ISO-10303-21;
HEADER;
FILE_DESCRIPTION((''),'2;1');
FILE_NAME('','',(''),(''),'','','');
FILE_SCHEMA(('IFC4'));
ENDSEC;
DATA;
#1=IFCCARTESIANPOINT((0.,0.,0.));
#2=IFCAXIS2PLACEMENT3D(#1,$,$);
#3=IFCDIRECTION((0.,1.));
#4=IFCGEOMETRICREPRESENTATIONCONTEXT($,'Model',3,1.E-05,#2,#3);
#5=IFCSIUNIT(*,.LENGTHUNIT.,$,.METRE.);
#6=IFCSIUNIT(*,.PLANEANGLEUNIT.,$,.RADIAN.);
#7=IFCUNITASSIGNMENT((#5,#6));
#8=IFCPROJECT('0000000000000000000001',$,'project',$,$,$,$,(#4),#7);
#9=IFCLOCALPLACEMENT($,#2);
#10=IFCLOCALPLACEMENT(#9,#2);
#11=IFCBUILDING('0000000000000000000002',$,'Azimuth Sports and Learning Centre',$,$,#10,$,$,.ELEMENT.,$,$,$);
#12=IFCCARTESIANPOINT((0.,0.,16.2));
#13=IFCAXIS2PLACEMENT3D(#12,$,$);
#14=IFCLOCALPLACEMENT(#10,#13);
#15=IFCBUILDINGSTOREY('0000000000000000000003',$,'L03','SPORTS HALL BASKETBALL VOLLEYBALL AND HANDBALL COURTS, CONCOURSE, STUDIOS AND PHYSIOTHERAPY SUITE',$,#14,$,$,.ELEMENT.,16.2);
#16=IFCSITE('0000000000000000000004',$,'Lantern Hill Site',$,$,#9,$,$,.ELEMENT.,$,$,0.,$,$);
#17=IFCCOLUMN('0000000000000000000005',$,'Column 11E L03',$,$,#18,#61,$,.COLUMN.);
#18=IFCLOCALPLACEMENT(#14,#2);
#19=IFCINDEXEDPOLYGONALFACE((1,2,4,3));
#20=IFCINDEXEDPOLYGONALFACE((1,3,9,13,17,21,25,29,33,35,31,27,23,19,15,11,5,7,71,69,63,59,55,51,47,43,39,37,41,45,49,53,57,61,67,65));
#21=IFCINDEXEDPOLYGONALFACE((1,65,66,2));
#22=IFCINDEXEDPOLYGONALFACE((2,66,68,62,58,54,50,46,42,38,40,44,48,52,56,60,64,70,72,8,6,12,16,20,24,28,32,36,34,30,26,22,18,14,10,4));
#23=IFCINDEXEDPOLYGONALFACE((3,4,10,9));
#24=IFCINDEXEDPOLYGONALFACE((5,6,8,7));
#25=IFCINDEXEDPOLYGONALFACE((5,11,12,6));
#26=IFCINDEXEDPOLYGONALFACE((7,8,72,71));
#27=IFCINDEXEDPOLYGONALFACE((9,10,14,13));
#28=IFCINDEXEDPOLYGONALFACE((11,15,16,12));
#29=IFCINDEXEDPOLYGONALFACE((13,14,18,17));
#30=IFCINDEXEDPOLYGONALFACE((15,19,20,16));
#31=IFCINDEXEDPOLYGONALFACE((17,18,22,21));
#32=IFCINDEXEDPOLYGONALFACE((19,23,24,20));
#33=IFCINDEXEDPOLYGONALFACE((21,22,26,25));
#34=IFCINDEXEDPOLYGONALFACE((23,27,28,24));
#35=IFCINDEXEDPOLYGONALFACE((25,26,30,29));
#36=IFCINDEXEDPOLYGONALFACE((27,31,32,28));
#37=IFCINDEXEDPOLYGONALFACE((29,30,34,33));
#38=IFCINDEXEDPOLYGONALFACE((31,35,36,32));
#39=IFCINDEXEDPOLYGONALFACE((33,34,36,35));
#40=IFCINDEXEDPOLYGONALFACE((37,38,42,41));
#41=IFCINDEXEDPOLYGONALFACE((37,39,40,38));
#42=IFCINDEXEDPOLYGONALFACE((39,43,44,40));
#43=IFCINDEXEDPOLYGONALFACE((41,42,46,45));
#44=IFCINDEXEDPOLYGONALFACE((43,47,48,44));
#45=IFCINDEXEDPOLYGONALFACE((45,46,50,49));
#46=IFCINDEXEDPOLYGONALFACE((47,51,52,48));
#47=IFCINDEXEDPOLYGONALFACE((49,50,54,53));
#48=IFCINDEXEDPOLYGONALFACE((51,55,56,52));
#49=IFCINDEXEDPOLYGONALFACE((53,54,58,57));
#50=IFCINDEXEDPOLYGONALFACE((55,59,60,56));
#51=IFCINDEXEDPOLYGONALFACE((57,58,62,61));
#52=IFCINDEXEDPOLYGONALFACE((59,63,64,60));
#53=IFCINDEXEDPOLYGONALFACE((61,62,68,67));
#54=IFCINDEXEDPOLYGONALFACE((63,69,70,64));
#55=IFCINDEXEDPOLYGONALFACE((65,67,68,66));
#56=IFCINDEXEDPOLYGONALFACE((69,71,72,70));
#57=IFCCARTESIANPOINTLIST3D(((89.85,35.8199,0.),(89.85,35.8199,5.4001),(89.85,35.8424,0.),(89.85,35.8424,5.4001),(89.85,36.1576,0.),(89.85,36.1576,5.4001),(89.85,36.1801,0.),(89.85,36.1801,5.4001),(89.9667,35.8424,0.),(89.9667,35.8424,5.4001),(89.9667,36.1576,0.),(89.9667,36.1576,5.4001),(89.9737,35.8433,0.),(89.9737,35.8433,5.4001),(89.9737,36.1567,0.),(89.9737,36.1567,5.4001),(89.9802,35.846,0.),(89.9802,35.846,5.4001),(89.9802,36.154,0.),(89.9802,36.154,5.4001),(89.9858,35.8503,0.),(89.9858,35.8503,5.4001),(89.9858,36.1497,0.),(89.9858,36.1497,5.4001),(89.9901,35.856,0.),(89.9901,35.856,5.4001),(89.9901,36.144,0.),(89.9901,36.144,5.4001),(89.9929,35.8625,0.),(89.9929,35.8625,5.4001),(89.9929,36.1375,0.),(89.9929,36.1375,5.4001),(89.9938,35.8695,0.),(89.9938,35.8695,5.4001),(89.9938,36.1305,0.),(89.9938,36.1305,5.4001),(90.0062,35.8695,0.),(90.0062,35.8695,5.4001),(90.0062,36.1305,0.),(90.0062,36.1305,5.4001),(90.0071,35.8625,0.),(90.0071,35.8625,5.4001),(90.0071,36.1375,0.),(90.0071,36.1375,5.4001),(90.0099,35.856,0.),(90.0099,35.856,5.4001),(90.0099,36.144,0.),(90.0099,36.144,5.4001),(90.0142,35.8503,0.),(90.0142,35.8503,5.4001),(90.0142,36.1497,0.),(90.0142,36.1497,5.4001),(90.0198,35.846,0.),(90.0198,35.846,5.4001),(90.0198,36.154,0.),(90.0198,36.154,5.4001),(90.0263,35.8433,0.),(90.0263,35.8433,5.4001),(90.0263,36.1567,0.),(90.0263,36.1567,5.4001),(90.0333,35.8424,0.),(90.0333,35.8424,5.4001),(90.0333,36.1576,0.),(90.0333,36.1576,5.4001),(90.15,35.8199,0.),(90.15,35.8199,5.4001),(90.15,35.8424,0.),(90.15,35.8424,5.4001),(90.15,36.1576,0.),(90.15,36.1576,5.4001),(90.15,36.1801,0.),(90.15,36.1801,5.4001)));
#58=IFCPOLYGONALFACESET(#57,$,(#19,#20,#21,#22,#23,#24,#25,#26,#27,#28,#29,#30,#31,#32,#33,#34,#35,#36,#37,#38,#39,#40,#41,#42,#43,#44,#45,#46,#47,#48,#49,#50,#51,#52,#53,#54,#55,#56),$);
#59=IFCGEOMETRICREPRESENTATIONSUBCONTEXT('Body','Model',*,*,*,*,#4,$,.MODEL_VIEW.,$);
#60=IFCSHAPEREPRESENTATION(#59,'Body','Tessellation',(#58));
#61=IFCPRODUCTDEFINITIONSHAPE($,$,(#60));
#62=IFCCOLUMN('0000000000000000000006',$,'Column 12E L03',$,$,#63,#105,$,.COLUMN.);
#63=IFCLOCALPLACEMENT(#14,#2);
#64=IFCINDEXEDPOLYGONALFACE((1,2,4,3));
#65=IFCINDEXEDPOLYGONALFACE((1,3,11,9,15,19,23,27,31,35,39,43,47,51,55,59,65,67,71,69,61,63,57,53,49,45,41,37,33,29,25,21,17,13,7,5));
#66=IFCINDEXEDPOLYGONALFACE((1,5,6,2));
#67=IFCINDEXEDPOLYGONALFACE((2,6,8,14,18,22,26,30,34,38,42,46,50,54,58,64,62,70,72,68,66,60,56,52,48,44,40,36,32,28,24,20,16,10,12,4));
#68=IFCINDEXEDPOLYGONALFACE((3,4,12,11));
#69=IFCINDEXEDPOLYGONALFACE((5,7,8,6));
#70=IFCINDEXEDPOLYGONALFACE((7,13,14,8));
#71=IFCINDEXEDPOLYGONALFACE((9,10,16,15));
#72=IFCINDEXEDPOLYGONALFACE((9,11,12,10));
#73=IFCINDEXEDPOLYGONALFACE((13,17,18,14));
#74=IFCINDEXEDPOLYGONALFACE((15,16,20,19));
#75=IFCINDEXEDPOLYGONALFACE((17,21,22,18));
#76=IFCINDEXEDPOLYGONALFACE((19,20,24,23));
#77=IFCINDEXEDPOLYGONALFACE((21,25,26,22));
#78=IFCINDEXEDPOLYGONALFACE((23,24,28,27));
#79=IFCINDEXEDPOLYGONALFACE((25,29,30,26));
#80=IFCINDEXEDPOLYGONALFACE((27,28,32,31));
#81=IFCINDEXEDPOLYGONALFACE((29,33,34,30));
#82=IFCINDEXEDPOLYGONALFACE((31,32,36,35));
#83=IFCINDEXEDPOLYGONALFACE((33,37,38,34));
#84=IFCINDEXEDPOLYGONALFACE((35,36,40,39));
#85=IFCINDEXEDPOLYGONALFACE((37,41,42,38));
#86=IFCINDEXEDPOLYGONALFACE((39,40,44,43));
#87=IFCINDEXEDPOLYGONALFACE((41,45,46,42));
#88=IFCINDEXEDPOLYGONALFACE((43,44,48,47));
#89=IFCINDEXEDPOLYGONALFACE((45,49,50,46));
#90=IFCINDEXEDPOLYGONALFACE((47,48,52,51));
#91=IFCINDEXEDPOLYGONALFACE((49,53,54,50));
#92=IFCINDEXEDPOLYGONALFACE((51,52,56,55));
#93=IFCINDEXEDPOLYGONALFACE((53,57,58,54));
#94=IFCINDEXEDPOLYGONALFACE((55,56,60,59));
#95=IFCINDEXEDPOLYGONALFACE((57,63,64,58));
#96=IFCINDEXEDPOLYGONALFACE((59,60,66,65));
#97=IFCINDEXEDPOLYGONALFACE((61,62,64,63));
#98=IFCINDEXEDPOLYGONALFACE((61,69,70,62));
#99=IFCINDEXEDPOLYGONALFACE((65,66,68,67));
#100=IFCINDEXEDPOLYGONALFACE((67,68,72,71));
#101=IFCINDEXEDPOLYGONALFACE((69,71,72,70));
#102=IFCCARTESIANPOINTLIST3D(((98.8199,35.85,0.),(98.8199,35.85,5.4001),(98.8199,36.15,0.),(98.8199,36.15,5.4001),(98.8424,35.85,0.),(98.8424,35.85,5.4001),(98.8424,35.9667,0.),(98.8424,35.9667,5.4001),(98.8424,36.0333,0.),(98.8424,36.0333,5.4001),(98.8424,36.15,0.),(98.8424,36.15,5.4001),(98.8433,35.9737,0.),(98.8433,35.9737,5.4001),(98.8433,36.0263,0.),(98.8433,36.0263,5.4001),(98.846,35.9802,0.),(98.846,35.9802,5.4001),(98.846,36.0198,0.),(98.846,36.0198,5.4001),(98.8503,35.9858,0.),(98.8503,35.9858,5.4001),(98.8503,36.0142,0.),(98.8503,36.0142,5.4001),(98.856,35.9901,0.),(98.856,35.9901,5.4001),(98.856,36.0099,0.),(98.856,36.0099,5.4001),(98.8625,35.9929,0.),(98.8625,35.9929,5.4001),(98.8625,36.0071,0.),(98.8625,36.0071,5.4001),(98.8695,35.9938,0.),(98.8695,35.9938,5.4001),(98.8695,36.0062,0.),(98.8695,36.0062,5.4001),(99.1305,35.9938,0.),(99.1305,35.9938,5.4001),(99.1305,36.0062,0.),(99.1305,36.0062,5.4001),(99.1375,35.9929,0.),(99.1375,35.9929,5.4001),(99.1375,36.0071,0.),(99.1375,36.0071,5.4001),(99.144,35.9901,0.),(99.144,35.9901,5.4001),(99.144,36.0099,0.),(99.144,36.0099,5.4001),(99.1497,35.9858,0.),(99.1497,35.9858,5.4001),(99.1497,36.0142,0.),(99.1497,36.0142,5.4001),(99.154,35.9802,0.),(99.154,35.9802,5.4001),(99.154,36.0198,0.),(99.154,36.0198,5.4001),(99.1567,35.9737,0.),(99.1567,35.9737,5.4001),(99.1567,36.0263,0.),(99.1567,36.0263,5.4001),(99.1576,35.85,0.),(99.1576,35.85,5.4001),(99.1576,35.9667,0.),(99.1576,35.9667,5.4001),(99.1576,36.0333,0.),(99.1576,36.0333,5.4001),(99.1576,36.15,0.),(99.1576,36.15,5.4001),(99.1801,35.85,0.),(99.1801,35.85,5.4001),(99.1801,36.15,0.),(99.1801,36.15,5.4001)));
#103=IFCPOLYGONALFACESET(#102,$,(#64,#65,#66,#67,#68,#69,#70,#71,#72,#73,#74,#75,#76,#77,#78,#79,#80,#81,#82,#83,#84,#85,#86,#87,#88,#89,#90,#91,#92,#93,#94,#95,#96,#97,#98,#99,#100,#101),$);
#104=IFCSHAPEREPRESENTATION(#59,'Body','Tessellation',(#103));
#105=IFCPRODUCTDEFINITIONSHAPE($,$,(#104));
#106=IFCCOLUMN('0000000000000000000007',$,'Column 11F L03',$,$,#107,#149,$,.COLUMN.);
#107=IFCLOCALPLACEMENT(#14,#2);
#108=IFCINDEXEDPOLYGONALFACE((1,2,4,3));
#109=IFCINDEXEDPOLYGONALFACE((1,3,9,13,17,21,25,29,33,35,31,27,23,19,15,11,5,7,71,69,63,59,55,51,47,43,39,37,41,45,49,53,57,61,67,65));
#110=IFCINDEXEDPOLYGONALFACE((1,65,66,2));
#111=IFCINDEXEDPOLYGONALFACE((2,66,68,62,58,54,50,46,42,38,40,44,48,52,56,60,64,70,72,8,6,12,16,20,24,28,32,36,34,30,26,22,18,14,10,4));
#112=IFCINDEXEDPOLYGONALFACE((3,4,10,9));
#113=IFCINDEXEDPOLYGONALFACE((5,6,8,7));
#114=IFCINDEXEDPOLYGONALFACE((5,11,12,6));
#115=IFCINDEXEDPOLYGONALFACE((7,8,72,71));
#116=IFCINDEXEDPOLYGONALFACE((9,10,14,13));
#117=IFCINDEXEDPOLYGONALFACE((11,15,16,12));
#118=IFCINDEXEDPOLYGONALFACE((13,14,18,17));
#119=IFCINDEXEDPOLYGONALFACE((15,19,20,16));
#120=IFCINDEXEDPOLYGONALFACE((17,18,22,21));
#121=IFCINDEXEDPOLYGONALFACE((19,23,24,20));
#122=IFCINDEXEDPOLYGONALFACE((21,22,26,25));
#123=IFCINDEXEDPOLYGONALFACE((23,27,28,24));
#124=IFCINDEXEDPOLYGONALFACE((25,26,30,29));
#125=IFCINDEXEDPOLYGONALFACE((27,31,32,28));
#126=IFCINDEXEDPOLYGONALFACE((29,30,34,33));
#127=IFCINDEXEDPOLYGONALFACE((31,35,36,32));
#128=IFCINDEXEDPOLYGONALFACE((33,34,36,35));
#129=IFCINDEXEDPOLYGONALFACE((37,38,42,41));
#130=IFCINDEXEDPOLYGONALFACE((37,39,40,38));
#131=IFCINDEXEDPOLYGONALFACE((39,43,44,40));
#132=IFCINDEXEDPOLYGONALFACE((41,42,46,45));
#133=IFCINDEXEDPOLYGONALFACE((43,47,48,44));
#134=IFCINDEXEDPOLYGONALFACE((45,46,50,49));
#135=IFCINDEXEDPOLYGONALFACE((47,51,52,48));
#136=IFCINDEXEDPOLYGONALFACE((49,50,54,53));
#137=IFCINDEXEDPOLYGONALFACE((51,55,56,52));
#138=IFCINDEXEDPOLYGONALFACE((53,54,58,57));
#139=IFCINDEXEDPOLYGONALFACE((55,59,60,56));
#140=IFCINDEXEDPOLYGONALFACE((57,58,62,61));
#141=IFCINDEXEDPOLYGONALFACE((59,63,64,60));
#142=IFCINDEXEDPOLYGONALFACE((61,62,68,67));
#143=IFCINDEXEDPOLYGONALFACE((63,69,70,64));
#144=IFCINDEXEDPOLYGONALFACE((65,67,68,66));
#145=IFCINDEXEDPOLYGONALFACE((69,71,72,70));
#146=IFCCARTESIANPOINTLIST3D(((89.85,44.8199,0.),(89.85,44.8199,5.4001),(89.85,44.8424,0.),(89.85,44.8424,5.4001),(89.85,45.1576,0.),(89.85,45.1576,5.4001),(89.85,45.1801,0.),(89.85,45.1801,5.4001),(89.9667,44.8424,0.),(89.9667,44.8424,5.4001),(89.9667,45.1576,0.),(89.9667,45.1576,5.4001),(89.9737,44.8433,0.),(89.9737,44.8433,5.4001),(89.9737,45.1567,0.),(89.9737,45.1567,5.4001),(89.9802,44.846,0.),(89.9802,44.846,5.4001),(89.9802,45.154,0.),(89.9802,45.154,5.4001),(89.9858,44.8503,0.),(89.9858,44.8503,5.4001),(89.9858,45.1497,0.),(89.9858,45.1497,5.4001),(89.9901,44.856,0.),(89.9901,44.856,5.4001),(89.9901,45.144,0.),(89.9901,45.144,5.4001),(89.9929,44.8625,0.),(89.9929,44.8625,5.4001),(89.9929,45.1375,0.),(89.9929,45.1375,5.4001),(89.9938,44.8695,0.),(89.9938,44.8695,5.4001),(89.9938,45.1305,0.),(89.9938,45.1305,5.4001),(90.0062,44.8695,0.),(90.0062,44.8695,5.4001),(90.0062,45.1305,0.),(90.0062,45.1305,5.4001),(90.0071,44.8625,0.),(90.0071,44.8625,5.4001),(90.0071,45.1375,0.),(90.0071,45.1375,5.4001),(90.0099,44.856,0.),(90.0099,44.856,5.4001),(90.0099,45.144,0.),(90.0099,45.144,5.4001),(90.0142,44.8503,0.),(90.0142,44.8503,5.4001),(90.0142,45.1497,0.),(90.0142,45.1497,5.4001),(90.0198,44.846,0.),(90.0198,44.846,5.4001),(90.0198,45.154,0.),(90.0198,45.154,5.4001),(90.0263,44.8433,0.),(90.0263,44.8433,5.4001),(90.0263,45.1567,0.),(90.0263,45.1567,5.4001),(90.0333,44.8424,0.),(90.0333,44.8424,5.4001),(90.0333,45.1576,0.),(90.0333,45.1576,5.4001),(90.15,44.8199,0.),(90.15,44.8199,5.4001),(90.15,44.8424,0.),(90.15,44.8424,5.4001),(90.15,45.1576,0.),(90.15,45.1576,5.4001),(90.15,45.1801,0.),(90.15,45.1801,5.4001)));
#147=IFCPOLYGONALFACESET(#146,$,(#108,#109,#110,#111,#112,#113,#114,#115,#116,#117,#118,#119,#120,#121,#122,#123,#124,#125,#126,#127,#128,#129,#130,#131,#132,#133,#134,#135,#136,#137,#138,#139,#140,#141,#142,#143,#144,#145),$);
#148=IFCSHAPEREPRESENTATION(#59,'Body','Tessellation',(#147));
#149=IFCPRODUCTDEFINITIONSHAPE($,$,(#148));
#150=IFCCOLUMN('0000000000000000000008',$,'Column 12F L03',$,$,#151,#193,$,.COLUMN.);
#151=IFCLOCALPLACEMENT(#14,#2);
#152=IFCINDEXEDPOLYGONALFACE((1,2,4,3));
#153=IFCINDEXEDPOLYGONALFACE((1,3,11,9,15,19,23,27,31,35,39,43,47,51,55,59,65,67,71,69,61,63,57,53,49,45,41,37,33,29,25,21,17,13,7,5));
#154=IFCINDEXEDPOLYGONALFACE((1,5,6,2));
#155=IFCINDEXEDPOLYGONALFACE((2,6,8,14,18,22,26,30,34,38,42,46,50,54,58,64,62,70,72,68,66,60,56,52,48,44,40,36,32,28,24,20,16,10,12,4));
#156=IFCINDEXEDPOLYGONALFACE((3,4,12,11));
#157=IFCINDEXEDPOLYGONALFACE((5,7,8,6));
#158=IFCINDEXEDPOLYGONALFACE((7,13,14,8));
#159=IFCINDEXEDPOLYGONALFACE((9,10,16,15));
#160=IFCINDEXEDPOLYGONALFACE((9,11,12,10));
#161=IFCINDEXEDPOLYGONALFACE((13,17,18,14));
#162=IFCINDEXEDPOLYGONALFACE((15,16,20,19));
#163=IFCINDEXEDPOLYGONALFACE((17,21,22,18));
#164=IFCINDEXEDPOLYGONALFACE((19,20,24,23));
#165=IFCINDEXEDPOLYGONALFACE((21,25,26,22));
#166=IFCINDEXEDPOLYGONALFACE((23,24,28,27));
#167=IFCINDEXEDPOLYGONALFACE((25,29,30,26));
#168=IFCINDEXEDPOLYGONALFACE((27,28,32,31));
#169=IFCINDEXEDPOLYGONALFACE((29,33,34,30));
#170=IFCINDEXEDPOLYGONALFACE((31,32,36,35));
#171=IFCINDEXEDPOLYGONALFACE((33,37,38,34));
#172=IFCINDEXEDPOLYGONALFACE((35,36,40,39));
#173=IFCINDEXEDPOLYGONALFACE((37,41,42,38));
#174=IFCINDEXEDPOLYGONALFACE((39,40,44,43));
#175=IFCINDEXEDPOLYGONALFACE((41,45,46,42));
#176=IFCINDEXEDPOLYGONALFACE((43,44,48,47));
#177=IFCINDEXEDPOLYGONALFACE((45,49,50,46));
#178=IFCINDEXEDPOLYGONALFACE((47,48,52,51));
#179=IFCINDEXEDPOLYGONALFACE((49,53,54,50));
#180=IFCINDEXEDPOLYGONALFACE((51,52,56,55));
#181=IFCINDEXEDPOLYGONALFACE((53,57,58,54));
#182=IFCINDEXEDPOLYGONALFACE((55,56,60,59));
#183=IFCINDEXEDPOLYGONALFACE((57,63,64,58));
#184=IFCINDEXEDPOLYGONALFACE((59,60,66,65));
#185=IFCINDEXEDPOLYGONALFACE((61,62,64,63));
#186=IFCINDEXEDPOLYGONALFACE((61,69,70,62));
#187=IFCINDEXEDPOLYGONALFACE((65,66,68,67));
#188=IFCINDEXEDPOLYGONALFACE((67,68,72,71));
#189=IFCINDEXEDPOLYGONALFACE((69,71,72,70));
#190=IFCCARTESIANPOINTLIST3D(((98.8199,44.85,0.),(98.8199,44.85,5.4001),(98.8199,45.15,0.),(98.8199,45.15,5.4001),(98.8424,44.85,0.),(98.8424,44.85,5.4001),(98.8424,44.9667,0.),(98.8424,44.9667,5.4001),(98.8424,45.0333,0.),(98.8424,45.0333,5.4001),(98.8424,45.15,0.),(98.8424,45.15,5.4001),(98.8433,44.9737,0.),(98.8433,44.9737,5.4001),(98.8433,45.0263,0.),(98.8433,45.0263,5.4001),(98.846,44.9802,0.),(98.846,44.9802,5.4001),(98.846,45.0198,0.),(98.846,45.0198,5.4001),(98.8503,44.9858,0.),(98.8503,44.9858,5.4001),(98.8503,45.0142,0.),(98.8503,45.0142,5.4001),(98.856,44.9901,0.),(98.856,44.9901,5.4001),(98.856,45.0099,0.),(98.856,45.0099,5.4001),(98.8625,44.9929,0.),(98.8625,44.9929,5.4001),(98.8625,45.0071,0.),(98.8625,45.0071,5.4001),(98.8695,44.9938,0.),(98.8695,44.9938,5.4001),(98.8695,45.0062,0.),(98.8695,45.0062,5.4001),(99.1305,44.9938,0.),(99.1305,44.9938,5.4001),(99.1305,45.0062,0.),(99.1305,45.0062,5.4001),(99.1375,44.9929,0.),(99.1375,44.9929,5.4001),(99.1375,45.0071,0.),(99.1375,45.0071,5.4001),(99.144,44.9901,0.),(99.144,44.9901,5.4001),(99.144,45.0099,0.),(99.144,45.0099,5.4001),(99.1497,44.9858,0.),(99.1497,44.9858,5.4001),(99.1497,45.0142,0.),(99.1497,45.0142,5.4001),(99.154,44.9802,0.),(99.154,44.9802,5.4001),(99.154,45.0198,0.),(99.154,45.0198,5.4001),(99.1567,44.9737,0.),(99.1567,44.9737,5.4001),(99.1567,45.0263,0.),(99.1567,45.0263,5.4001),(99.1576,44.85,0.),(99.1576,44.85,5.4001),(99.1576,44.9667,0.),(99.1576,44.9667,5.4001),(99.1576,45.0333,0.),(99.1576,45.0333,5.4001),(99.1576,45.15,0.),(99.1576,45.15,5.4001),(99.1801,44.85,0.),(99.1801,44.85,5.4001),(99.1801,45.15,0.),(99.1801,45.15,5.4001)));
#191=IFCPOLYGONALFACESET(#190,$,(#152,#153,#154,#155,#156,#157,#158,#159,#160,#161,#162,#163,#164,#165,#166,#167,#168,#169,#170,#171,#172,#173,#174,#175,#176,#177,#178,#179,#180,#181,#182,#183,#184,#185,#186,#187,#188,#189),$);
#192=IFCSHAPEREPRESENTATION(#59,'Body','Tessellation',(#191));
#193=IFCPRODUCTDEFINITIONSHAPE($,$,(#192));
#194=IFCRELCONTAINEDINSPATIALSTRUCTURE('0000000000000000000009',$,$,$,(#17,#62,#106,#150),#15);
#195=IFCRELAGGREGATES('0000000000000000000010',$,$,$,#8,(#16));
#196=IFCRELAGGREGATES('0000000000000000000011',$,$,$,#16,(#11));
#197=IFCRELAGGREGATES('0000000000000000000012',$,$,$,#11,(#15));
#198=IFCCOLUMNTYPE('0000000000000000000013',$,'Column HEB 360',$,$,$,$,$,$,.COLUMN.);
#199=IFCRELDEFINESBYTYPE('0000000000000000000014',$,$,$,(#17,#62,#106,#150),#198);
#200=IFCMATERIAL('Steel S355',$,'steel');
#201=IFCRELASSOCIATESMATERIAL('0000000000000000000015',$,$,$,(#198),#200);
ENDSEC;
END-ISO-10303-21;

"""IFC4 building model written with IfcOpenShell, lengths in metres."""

from ifc_helpers import new_model, si_unit, direction, frame, origin, origin_2d, place, context, subcontext, project, spatial, i_section, extrude, material, material_profile, profile_set, type_object, element, save


model = new_model("IFC4")

# Units and contexts
model_context = context("Model", 3, precision=1e-05, world=origin(), true_north=direction((0.0, 1.0)))
body_context = subcontext(model_context, "Body", "Model", "MODEL_VIEW")
ifc_project = project(units=[si_unit("LENGTHUNIT", "METRE"), si_unit("PLANEANGLEUNIT", "RADIAN")], contexts=[model_context])

# Site, building, storey
site_placement = place(None, origin())
site = spatial("IfcSite", under=ifc_project, at=site_placement, Name="Lantern Hill Site", CompositionType="ELEMENT", RefElevation=0.0)
building_placement = place(site_placement, origin())
building = spatial("IfcBuilding", under=site, at=building_placement, Name="Azimuth Sports and Learning Centre", CompositionType="ELEMENT")
storey_placement = place(building_placement, frame((0.0, 0.0, 16.2)))
storey = spatial("IfcBuildingStorey", under=building, at=storey_placement, Name="L03", Description="SPORTS HALL BASKETBALL VOLLEYBALL AND HANDBALL COURTS, CONCOURSE, STUDIOS AND PHYSIOTHERAPY SUITE", CompositionType="ELEMENT", Elevation=16.2)

# Columns
ifc_material_1 = material(Name="Steel S355", Category="steel")
ifc_material_profile_1 = material_profile(ifc_material_1, i_section(OverallWidth=0.3, OverallDepth=0.3601, WebThickness=0.0125, FlangeThickness=0.0225, FilletRadius=0.0271, at=origin_2d()), Name="HEB 360")
ifc_profile_set_1 = profile_set([ifc_material_profile_1], Name="Steel S355")
column_type = type_object("IfcColumnType", Name="Column HEB 360", PredefinedType="COLUMN", material=ifc_profile_set_1)
for number, where, z_axis, x_axis, name in (
    (1, (90.0, 36.0, 0.0), (0.0, 0.0, 1.0), (1.0, 0.0, 0.0), "Column 11E L03"),
    (2, (99.0, 36.0, 0.0), (0.0, 0.0, 1.0), (0.0, 1.0, 0.0), "Column 12E L03"),
    (3, (90.0, 45.0, 0.0), (0.0, 0.0, 1.0), (1.0, 0.0, 0.0), "Column 11F L03"),
    (4, (99.0, 45.0, 0.0), (0.0, 0.0, 1.0), (0.0, 1.0, 0.0), "Column 12F L03"),
):
    element("IfcColumn", number, at=place(storey_placement, frame(where, z_axis=z_axis, x_axis=x_axis)), inside=storey, type_object=column_type, Name=name, PredefinedType="COLUMN", context=body_context, shape_type="SweptSolid", body=[
        extrude(i_section(OverallWidth=0.3, OverallDepth=0.3601, WebThickness=0.0125, FlangeThickness=0.0225, FilletRadius=0.0271, at=origin_2d()), origin(), (0.0, 0.0, 1.0), 5.4001),
    ])

save(model, "model.ifc")
